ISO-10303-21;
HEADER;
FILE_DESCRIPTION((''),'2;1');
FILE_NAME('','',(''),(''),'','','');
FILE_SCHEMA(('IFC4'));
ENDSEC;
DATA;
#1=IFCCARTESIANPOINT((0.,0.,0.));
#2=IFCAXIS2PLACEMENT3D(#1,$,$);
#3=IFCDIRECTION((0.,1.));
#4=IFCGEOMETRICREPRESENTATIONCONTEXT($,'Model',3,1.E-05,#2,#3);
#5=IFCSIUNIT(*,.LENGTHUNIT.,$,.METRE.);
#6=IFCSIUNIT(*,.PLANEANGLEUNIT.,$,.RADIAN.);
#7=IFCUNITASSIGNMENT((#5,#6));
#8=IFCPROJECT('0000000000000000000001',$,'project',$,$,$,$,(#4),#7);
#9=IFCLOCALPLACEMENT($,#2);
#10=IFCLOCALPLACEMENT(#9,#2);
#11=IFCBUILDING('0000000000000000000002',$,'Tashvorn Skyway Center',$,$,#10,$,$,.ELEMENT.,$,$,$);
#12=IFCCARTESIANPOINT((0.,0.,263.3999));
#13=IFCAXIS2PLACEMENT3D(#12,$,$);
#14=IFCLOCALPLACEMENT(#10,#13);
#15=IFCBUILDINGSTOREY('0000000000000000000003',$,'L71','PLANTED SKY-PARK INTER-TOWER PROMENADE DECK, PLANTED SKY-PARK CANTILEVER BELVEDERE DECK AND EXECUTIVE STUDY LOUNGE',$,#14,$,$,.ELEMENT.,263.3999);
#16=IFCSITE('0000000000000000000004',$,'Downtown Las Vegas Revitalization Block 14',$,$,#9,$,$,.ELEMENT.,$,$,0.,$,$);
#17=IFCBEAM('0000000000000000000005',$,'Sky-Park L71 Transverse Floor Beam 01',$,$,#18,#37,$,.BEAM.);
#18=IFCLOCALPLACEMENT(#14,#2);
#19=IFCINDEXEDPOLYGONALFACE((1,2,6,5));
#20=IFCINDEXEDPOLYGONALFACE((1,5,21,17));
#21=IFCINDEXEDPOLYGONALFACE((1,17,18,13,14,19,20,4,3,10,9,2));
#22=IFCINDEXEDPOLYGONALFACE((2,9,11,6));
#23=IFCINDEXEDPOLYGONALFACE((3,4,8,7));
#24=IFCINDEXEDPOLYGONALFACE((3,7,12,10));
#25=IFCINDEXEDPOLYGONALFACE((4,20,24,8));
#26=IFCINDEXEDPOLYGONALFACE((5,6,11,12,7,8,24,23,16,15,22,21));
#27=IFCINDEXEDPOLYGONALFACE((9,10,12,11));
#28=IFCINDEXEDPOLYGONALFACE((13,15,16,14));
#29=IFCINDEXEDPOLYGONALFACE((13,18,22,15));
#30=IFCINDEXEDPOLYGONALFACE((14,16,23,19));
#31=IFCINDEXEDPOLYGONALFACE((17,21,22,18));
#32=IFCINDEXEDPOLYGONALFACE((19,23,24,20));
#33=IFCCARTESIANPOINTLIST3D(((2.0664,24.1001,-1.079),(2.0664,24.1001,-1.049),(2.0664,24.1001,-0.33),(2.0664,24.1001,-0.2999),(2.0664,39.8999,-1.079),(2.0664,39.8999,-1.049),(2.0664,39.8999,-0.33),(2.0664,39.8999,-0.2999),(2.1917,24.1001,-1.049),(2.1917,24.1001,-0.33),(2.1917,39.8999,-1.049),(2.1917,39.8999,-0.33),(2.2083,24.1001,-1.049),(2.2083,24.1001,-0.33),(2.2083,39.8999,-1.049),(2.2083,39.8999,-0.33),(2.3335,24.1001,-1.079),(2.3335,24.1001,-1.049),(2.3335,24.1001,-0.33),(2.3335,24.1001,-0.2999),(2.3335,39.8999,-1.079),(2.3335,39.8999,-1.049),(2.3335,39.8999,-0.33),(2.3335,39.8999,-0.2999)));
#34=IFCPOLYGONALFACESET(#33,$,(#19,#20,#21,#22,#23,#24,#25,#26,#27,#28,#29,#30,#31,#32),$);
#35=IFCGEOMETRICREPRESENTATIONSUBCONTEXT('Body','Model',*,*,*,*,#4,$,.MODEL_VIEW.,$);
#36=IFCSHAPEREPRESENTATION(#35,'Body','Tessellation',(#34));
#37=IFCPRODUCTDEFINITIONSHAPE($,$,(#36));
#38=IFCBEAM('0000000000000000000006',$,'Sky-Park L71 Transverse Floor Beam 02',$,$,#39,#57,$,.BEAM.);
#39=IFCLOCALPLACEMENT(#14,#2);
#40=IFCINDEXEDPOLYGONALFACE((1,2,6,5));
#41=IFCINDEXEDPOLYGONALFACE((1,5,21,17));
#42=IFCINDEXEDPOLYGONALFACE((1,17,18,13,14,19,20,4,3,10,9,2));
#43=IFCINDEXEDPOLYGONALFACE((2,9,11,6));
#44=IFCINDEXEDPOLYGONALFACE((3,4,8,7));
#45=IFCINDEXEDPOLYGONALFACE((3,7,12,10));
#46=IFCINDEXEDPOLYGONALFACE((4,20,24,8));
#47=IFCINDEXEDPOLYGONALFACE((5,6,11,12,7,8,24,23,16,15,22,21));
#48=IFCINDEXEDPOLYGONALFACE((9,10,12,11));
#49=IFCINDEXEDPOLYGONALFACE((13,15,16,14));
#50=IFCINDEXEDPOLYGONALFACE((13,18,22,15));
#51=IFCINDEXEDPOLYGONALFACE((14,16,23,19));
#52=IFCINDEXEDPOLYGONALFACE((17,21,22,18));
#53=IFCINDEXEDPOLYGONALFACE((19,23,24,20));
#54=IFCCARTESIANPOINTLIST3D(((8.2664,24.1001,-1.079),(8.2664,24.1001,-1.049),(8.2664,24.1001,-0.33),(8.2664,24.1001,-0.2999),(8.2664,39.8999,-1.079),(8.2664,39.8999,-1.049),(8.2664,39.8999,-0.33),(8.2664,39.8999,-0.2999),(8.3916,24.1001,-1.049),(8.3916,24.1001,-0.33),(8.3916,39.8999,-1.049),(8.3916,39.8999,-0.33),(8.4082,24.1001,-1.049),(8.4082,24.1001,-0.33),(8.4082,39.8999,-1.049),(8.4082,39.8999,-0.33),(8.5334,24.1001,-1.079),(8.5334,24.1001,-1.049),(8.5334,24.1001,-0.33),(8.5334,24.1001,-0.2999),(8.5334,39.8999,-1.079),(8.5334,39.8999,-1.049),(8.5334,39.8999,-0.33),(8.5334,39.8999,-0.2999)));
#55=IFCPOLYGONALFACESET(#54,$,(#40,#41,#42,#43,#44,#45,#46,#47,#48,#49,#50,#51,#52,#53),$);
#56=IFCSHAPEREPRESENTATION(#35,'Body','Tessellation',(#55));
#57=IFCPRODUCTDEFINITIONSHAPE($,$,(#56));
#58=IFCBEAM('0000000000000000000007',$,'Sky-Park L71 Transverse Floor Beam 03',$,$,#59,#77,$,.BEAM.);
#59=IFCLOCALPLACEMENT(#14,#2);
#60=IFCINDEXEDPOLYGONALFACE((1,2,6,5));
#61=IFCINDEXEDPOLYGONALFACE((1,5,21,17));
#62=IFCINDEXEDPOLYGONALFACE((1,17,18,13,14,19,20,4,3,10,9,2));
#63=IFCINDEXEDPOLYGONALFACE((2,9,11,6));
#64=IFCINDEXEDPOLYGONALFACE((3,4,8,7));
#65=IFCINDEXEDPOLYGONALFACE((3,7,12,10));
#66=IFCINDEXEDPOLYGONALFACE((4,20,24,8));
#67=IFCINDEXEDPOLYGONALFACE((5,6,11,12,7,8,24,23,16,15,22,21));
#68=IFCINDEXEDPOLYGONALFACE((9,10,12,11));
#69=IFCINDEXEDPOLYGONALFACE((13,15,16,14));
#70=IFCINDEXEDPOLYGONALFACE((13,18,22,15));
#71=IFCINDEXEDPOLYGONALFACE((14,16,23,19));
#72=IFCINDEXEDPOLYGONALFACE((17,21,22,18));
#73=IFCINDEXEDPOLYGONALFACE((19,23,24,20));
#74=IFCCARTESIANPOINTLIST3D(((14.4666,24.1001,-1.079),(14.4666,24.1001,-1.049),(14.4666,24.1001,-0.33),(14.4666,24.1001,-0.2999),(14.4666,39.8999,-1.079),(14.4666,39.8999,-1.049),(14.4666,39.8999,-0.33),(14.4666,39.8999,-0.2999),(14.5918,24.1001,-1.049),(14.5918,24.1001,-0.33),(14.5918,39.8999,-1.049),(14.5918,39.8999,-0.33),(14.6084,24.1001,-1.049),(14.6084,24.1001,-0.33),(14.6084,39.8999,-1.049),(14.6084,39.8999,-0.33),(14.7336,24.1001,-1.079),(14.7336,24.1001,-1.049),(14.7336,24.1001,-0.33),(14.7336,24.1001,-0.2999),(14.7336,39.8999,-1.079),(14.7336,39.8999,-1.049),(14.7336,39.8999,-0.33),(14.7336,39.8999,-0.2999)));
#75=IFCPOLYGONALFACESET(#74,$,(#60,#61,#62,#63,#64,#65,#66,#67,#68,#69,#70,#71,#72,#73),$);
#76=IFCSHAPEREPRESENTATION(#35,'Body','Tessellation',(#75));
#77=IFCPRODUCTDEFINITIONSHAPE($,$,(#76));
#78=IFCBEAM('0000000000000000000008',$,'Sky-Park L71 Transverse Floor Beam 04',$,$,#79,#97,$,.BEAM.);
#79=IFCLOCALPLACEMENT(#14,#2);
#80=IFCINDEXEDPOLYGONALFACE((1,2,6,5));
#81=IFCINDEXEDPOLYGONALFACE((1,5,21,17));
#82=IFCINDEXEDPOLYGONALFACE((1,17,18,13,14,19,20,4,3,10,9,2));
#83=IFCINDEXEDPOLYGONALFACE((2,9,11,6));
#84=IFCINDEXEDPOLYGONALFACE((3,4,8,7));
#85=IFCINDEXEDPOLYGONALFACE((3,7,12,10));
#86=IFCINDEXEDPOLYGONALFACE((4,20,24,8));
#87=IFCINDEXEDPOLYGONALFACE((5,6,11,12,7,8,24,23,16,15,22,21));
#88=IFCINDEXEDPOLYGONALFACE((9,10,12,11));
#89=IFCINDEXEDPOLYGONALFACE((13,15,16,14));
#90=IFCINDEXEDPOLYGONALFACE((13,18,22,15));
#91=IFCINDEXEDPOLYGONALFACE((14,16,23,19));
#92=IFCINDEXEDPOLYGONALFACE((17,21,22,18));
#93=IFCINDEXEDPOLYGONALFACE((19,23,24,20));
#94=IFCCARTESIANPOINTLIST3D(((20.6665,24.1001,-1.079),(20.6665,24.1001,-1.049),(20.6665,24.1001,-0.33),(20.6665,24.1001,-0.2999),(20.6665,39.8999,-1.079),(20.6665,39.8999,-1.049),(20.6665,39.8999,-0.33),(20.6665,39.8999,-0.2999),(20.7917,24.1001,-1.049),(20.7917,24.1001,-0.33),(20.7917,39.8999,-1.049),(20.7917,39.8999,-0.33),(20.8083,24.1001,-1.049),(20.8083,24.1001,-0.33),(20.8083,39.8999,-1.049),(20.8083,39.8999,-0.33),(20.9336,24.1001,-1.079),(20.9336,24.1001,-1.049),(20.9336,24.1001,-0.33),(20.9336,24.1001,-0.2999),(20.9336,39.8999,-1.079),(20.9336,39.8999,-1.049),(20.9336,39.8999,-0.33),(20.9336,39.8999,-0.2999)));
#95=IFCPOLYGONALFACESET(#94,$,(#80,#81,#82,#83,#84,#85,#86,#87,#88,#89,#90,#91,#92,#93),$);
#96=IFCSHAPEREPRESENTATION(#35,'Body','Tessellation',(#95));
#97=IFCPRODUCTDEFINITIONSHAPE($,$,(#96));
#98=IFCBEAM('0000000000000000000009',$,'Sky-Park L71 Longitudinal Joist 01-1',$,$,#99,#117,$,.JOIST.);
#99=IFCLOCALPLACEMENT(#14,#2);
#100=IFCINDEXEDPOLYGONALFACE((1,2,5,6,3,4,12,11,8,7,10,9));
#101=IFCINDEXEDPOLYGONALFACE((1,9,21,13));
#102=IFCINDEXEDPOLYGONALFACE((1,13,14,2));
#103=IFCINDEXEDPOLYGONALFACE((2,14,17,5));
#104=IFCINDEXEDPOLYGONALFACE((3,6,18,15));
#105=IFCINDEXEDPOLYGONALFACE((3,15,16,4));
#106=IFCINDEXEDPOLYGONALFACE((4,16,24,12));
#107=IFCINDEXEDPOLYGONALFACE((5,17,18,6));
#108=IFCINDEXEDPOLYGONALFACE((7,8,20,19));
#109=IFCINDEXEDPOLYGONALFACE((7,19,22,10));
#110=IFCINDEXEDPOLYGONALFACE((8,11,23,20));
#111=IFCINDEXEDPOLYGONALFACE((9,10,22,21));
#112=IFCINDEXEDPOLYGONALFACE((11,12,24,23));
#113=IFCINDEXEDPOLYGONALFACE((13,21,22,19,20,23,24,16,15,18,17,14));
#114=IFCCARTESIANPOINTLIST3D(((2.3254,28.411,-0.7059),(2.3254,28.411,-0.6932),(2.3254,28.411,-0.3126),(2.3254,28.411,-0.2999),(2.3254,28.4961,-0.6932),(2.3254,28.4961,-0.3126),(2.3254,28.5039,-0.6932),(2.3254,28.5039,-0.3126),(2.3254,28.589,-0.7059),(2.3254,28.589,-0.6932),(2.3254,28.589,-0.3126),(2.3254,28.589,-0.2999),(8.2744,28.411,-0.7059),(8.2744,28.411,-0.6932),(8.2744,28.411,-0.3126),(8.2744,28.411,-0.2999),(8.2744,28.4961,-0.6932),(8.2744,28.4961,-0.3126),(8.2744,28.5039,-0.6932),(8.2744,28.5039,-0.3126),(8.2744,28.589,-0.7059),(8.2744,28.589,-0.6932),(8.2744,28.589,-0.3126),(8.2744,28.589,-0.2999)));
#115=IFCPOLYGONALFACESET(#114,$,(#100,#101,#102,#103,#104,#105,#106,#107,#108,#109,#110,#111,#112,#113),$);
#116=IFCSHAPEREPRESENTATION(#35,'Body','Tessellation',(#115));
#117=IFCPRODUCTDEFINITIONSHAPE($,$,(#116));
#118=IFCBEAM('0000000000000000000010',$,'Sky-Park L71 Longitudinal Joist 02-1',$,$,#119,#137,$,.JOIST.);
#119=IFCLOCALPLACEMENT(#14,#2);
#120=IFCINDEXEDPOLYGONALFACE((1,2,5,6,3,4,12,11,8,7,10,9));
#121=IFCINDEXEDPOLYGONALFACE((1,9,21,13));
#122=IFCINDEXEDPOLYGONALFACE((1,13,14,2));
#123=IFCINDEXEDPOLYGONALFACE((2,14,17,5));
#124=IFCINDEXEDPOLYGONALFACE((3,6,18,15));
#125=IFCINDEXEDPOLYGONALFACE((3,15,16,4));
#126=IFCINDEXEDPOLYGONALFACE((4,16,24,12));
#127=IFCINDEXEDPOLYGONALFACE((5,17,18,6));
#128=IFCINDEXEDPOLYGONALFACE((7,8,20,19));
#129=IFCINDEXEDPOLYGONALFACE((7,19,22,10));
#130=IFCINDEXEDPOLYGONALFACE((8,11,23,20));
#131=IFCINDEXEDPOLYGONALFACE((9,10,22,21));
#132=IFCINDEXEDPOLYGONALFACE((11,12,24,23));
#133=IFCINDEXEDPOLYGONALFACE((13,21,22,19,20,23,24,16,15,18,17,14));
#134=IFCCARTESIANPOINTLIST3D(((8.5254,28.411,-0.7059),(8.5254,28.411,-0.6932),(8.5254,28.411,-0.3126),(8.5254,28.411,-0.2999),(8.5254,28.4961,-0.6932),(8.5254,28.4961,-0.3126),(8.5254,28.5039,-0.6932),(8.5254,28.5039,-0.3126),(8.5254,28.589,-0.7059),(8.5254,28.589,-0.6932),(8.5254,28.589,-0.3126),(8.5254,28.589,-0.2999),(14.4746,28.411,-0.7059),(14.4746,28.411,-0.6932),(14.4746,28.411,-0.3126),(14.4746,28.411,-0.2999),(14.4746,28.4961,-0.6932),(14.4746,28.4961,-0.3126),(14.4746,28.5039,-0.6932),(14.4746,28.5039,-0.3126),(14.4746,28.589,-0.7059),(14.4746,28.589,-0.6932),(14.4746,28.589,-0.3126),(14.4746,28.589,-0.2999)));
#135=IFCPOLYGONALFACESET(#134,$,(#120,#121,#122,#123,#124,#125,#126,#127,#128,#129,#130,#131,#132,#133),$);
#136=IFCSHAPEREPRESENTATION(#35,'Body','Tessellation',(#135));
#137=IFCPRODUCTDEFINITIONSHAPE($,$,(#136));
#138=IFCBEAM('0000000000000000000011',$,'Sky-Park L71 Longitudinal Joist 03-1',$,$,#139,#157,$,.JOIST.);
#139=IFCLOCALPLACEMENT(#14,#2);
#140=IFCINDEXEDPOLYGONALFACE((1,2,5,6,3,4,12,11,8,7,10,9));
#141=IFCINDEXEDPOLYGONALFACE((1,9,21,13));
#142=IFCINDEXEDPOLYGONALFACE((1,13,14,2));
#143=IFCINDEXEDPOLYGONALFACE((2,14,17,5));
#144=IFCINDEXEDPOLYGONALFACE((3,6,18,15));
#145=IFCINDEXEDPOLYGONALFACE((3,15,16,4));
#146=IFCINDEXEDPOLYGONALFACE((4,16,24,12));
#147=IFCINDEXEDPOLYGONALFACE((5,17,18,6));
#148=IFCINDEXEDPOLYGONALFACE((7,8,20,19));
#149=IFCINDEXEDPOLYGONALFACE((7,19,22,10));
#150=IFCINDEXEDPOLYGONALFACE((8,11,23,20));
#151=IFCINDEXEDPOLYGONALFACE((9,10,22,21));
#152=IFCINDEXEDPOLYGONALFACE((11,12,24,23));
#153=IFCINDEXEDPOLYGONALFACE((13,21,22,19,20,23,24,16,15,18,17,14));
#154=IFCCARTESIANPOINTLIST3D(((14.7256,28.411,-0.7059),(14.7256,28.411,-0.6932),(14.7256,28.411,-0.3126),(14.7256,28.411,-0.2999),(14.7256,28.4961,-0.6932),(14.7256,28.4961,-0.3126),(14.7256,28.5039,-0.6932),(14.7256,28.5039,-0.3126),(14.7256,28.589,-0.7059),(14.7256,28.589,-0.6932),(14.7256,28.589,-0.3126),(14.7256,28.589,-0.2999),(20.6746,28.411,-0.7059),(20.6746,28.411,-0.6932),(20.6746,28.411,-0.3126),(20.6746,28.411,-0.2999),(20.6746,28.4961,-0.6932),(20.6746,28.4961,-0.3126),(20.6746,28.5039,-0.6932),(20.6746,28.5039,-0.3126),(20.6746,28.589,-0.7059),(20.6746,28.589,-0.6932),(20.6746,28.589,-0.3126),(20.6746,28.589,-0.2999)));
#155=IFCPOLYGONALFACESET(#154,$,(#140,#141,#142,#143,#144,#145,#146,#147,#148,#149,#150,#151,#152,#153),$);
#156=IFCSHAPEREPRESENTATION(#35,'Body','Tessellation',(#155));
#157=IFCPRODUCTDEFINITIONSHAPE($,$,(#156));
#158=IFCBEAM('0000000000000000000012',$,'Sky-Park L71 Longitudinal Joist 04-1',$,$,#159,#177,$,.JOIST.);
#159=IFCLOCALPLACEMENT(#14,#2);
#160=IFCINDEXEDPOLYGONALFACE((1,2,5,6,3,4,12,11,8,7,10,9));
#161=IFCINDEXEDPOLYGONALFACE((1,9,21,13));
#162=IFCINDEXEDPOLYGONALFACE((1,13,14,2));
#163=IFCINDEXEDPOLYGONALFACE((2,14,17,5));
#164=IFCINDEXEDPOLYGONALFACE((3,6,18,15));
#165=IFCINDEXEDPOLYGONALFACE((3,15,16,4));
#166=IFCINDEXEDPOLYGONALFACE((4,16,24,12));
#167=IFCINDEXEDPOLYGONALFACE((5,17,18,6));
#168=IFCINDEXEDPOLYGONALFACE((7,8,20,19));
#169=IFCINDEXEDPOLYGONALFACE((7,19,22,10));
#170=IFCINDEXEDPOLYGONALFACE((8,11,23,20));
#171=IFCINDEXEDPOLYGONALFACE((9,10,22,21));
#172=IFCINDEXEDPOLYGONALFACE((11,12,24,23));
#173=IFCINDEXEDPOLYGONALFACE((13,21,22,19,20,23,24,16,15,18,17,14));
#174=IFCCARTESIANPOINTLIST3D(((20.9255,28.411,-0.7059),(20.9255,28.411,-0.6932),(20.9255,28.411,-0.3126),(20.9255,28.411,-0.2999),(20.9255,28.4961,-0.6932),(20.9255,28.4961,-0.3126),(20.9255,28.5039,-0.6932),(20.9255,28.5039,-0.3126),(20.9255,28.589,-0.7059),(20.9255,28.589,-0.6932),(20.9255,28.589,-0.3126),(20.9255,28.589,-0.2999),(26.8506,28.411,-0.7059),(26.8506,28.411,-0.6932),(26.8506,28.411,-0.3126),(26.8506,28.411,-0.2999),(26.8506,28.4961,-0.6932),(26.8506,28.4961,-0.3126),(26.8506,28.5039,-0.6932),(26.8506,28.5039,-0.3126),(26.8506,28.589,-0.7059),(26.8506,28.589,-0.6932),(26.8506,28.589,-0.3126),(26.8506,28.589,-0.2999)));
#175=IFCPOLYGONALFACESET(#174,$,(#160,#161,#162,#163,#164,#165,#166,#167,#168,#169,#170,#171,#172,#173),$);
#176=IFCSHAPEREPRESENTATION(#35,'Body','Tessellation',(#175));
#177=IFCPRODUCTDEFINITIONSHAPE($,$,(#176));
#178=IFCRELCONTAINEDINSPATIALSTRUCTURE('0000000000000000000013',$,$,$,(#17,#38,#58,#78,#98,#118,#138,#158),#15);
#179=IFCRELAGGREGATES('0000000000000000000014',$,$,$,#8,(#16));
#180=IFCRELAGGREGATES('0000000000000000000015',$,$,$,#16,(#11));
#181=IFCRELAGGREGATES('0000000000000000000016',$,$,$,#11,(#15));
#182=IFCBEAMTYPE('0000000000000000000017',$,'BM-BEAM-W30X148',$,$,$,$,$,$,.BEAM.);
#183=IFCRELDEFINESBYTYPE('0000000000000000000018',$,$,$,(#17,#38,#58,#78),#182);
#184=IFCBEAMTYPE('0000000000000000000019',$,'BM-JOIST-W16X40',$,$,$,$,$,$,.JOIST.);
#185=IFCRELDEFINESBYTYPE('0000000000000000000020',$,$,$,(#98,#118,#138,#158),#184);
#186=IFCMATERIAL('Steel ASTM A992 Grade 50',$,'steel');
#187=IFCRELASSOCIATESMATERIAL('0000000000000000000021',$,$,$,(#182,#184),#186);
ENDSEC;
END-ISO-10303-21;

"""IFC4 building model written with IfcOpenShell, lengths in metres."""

from ifc_helpers import new_model, si_unit, direction, frame, origin, origin_2d, place, context, subcontext, project, spatial, i_section, extrude, material, material_profile, profile_set, type_object, element, save


model = new_model("IFC4")

# Units and contexts
model_context = context("Model", 3, precision=1e-05, world=origin(), true_north=direction((0.0, 1.0)))
body_context = subcontext(model_context, "Body", "Model", "MODEL_VIEW")
ifc_project = project(units=[si_unit("LENGTHUNIT", "METRE"), si_unit("PLANEANGLEUNIT", "RADIAN")], contexts=[model_context])

# Site, building, storey
site_placement = place(None, origin())
site = spatial("IfcSite", under=ifc_project, at=site_placement, Name="Downtown Las Vegas Revitalization Block 14", CompositionType="ELEMENT", RefElevation=0.0)
building_placement = place(site_placement, origin())
building = spatial("IfcBuilding", under=site, at=building_placement, Name="Tashvorn Skyway Center", CompositionType="ELEMENT")
storey_placement = place(building_placement, frame((0.0, 0.0, 263.3999)))
storey = spatial("IfcBuildingStorey", under=building, at=storey_placement, Name="L71", Description="PLANTED SKY-PARK INTER-TOWER PROMENADE DECK, PLANTED SKY-PARK CANTILEVER BELVEDERE DECK AND EXECUTIVE STUDY LOUNGE", CompositionType="ELEMENT", Elevation=263.3999)

# Beams
ifc_material_1 = material(Name="Steel ASTM A992 Grade 50", Category="steel")
ifc_material_profile_1 = material_profile(ifc_material_1, i_section(OverallWidth=0.2671, OverallDepth=0.7791, WebThickness=0.0166, FlangeThickness=0.03, at=origin_2d()), Name="W30X148")
ifc_profile_set_1 = profile_set([ifc_material_profile_1], Name="Steel ASTM A992 Grade 50")
beam_type_1 = type_object("IfcBeamType", Name="BM-BEAM-W30X148", PredefinedType="BEAM", material=ifc_profile_set_1)
for number, where, z_axis, x_axis, name in (
    (1, (2.2, 24.1001, -0.6895), (0.0, 1.0, 0.0), (-1.0, 0.0, 0.0), "Sky-Park L71 Transverse Floor Beam 01"),
    (2, (8.3999, 24.1001, -0.6895), (0.0, 1.0, 0.0), (-1.0, 0.0, 0.0), "Sky-Park L71 Transverse Floor Beam 02"),
    (3, (14.6001, 24.1001, -0.6895), (0.0, 1.0, 0.0), (-1.0, 0.0, 0.0), "Sky-Park L71 Transverse Floor Beam 03"),
    (4, (20.8, 24.1001, -0.6895), (0.0, 1.0, 0.0), (-1.0, 0.0, 0.0), "Sky-Park L71 Transverse Floor Beam 04"),
):
    element("IfcBeam", number, at=place(storey_placement, frame(where, z_axis=z_axis, x_axis=x_axis)), inside=storey, type_object=beam_type_1, Name=name, PredefinedType="BEAM", context=body_context, shape_type="SweptSolid", body=[
        extrude(i_section(OverallWidth=0.2671, OverallDepth=0.7791, WebThickness=0.0166, FlangeThickness=0.03, at=origin_2d()), origin(), (0.0, 0.0, 1.0), 15.7998),
    ])
ifc_material_profile_2 = material_profile(ifc_material_1, i_section(OverallWidth=0.178, OverallDepth=0.406, WebThickness=0.0078, FlangeThickness=0.0127, at=origin_2d()), Name="W16X40")
ifc_profile_set_2 = profile_set([ifc_material_profile_2], Name="Steel ASTM A992 Grade 50")
beam_type_2 = type_object("IfcBeamType", Name="BM-JOIST-W16X40", PredefinedType="JOIST", material=ifc_profile_set_2)
beam_1_placement = place(storey_placement, frame((2.3254, 28.5, -0.5029), z_axis=(1.0, 0.0, 0.0), x_axis=(0.0, 1.0, 0.0)))
element("IfcBeam", 5, at=beam_1_placement, inside=storey, type_object=beam_type_2, Name="Sky-Park L71 Longitudinal Joist 01-1", PredefinedType="JOIST", context=body_context, shape_type="SweptSolid", body=[
    extrude(i_section(OverallWidth=0.178, OverallDepth=0.406, WebThickness=0.0078, FlangeThickness=0.0127, at=origin_2d()), origin(), (0.0, 0.0, 1.0), 5.949),
])
beam_2_placement = place(storey_placement, frame((8.5254, 28.5, -0.5029), z_axis=(1.0, 0.0, 0.0), x_axis=(0.0, 1.0, 0.0)))
element("IfcBeam", 6, at=beam_2_placement, inside=storey, type_object=beam_type_2, Name="Sky-Park L71 Longitudinal Joist 02-1", PredefinedType="JOIST", context=body_context, shape_type="SweptSolid", body=[
    extrude(i_section(OverallWidth=0.178, OverallDepth=0.406, WebThickness=0.0078, FlangeThickness=0.0127, at=origin_2d()), origin(), (0.0, 0.0, 1.0), 5.9492),
])
beam_3_placement = place(storey_placement, frame((14.7256, 28.5, -0.5029), z_axis=(1.0, 0.0, 0.0), x_axis=(0.0, 1.0, 0.0)))
element("IfcBeam", 7, at=beam_3_placement, inside=storey, type_object=beam_type_2, Name="Sky-Park L71 Longitudinal Joist 03-1", PredefinedType="JOIST", context=body_context, shape_type="SweptSolid", body=[
    extrude(i_section(OverallWidth=0.178, OverallDepth=0.406, WebThickness=0.0078, FlangeThickness=0.0127, at=origin_2d()), origin(), (0.0, 0.0, 1.0), 5.949),
])
beam_4_placement = place(storey_placement, frame((20.9255, 28.5, -0.5029), z_axis=(1.0, 0.0, 0.0), x_axis=(0.0, 1.0, 0.0)))
element("IfcBeam", 8, at=beam_4_placement, inside=storey, type_object=beam_type_2, Name="Sky-Park L71 Longitudinal Joist 04-1", PredefinedType="JOIST", context=body_context, shape_type="SweptSolid", body=[
    extrude(i_section(OverallWidth=0.178, OverallDepth=0.406, WebThickness=0.0078, FlangeThickness=0.0127, at=origin_2d()), origin(), (0.0, 0.0, 1.0), 5.925),
])

save(model, "model.ifc")
